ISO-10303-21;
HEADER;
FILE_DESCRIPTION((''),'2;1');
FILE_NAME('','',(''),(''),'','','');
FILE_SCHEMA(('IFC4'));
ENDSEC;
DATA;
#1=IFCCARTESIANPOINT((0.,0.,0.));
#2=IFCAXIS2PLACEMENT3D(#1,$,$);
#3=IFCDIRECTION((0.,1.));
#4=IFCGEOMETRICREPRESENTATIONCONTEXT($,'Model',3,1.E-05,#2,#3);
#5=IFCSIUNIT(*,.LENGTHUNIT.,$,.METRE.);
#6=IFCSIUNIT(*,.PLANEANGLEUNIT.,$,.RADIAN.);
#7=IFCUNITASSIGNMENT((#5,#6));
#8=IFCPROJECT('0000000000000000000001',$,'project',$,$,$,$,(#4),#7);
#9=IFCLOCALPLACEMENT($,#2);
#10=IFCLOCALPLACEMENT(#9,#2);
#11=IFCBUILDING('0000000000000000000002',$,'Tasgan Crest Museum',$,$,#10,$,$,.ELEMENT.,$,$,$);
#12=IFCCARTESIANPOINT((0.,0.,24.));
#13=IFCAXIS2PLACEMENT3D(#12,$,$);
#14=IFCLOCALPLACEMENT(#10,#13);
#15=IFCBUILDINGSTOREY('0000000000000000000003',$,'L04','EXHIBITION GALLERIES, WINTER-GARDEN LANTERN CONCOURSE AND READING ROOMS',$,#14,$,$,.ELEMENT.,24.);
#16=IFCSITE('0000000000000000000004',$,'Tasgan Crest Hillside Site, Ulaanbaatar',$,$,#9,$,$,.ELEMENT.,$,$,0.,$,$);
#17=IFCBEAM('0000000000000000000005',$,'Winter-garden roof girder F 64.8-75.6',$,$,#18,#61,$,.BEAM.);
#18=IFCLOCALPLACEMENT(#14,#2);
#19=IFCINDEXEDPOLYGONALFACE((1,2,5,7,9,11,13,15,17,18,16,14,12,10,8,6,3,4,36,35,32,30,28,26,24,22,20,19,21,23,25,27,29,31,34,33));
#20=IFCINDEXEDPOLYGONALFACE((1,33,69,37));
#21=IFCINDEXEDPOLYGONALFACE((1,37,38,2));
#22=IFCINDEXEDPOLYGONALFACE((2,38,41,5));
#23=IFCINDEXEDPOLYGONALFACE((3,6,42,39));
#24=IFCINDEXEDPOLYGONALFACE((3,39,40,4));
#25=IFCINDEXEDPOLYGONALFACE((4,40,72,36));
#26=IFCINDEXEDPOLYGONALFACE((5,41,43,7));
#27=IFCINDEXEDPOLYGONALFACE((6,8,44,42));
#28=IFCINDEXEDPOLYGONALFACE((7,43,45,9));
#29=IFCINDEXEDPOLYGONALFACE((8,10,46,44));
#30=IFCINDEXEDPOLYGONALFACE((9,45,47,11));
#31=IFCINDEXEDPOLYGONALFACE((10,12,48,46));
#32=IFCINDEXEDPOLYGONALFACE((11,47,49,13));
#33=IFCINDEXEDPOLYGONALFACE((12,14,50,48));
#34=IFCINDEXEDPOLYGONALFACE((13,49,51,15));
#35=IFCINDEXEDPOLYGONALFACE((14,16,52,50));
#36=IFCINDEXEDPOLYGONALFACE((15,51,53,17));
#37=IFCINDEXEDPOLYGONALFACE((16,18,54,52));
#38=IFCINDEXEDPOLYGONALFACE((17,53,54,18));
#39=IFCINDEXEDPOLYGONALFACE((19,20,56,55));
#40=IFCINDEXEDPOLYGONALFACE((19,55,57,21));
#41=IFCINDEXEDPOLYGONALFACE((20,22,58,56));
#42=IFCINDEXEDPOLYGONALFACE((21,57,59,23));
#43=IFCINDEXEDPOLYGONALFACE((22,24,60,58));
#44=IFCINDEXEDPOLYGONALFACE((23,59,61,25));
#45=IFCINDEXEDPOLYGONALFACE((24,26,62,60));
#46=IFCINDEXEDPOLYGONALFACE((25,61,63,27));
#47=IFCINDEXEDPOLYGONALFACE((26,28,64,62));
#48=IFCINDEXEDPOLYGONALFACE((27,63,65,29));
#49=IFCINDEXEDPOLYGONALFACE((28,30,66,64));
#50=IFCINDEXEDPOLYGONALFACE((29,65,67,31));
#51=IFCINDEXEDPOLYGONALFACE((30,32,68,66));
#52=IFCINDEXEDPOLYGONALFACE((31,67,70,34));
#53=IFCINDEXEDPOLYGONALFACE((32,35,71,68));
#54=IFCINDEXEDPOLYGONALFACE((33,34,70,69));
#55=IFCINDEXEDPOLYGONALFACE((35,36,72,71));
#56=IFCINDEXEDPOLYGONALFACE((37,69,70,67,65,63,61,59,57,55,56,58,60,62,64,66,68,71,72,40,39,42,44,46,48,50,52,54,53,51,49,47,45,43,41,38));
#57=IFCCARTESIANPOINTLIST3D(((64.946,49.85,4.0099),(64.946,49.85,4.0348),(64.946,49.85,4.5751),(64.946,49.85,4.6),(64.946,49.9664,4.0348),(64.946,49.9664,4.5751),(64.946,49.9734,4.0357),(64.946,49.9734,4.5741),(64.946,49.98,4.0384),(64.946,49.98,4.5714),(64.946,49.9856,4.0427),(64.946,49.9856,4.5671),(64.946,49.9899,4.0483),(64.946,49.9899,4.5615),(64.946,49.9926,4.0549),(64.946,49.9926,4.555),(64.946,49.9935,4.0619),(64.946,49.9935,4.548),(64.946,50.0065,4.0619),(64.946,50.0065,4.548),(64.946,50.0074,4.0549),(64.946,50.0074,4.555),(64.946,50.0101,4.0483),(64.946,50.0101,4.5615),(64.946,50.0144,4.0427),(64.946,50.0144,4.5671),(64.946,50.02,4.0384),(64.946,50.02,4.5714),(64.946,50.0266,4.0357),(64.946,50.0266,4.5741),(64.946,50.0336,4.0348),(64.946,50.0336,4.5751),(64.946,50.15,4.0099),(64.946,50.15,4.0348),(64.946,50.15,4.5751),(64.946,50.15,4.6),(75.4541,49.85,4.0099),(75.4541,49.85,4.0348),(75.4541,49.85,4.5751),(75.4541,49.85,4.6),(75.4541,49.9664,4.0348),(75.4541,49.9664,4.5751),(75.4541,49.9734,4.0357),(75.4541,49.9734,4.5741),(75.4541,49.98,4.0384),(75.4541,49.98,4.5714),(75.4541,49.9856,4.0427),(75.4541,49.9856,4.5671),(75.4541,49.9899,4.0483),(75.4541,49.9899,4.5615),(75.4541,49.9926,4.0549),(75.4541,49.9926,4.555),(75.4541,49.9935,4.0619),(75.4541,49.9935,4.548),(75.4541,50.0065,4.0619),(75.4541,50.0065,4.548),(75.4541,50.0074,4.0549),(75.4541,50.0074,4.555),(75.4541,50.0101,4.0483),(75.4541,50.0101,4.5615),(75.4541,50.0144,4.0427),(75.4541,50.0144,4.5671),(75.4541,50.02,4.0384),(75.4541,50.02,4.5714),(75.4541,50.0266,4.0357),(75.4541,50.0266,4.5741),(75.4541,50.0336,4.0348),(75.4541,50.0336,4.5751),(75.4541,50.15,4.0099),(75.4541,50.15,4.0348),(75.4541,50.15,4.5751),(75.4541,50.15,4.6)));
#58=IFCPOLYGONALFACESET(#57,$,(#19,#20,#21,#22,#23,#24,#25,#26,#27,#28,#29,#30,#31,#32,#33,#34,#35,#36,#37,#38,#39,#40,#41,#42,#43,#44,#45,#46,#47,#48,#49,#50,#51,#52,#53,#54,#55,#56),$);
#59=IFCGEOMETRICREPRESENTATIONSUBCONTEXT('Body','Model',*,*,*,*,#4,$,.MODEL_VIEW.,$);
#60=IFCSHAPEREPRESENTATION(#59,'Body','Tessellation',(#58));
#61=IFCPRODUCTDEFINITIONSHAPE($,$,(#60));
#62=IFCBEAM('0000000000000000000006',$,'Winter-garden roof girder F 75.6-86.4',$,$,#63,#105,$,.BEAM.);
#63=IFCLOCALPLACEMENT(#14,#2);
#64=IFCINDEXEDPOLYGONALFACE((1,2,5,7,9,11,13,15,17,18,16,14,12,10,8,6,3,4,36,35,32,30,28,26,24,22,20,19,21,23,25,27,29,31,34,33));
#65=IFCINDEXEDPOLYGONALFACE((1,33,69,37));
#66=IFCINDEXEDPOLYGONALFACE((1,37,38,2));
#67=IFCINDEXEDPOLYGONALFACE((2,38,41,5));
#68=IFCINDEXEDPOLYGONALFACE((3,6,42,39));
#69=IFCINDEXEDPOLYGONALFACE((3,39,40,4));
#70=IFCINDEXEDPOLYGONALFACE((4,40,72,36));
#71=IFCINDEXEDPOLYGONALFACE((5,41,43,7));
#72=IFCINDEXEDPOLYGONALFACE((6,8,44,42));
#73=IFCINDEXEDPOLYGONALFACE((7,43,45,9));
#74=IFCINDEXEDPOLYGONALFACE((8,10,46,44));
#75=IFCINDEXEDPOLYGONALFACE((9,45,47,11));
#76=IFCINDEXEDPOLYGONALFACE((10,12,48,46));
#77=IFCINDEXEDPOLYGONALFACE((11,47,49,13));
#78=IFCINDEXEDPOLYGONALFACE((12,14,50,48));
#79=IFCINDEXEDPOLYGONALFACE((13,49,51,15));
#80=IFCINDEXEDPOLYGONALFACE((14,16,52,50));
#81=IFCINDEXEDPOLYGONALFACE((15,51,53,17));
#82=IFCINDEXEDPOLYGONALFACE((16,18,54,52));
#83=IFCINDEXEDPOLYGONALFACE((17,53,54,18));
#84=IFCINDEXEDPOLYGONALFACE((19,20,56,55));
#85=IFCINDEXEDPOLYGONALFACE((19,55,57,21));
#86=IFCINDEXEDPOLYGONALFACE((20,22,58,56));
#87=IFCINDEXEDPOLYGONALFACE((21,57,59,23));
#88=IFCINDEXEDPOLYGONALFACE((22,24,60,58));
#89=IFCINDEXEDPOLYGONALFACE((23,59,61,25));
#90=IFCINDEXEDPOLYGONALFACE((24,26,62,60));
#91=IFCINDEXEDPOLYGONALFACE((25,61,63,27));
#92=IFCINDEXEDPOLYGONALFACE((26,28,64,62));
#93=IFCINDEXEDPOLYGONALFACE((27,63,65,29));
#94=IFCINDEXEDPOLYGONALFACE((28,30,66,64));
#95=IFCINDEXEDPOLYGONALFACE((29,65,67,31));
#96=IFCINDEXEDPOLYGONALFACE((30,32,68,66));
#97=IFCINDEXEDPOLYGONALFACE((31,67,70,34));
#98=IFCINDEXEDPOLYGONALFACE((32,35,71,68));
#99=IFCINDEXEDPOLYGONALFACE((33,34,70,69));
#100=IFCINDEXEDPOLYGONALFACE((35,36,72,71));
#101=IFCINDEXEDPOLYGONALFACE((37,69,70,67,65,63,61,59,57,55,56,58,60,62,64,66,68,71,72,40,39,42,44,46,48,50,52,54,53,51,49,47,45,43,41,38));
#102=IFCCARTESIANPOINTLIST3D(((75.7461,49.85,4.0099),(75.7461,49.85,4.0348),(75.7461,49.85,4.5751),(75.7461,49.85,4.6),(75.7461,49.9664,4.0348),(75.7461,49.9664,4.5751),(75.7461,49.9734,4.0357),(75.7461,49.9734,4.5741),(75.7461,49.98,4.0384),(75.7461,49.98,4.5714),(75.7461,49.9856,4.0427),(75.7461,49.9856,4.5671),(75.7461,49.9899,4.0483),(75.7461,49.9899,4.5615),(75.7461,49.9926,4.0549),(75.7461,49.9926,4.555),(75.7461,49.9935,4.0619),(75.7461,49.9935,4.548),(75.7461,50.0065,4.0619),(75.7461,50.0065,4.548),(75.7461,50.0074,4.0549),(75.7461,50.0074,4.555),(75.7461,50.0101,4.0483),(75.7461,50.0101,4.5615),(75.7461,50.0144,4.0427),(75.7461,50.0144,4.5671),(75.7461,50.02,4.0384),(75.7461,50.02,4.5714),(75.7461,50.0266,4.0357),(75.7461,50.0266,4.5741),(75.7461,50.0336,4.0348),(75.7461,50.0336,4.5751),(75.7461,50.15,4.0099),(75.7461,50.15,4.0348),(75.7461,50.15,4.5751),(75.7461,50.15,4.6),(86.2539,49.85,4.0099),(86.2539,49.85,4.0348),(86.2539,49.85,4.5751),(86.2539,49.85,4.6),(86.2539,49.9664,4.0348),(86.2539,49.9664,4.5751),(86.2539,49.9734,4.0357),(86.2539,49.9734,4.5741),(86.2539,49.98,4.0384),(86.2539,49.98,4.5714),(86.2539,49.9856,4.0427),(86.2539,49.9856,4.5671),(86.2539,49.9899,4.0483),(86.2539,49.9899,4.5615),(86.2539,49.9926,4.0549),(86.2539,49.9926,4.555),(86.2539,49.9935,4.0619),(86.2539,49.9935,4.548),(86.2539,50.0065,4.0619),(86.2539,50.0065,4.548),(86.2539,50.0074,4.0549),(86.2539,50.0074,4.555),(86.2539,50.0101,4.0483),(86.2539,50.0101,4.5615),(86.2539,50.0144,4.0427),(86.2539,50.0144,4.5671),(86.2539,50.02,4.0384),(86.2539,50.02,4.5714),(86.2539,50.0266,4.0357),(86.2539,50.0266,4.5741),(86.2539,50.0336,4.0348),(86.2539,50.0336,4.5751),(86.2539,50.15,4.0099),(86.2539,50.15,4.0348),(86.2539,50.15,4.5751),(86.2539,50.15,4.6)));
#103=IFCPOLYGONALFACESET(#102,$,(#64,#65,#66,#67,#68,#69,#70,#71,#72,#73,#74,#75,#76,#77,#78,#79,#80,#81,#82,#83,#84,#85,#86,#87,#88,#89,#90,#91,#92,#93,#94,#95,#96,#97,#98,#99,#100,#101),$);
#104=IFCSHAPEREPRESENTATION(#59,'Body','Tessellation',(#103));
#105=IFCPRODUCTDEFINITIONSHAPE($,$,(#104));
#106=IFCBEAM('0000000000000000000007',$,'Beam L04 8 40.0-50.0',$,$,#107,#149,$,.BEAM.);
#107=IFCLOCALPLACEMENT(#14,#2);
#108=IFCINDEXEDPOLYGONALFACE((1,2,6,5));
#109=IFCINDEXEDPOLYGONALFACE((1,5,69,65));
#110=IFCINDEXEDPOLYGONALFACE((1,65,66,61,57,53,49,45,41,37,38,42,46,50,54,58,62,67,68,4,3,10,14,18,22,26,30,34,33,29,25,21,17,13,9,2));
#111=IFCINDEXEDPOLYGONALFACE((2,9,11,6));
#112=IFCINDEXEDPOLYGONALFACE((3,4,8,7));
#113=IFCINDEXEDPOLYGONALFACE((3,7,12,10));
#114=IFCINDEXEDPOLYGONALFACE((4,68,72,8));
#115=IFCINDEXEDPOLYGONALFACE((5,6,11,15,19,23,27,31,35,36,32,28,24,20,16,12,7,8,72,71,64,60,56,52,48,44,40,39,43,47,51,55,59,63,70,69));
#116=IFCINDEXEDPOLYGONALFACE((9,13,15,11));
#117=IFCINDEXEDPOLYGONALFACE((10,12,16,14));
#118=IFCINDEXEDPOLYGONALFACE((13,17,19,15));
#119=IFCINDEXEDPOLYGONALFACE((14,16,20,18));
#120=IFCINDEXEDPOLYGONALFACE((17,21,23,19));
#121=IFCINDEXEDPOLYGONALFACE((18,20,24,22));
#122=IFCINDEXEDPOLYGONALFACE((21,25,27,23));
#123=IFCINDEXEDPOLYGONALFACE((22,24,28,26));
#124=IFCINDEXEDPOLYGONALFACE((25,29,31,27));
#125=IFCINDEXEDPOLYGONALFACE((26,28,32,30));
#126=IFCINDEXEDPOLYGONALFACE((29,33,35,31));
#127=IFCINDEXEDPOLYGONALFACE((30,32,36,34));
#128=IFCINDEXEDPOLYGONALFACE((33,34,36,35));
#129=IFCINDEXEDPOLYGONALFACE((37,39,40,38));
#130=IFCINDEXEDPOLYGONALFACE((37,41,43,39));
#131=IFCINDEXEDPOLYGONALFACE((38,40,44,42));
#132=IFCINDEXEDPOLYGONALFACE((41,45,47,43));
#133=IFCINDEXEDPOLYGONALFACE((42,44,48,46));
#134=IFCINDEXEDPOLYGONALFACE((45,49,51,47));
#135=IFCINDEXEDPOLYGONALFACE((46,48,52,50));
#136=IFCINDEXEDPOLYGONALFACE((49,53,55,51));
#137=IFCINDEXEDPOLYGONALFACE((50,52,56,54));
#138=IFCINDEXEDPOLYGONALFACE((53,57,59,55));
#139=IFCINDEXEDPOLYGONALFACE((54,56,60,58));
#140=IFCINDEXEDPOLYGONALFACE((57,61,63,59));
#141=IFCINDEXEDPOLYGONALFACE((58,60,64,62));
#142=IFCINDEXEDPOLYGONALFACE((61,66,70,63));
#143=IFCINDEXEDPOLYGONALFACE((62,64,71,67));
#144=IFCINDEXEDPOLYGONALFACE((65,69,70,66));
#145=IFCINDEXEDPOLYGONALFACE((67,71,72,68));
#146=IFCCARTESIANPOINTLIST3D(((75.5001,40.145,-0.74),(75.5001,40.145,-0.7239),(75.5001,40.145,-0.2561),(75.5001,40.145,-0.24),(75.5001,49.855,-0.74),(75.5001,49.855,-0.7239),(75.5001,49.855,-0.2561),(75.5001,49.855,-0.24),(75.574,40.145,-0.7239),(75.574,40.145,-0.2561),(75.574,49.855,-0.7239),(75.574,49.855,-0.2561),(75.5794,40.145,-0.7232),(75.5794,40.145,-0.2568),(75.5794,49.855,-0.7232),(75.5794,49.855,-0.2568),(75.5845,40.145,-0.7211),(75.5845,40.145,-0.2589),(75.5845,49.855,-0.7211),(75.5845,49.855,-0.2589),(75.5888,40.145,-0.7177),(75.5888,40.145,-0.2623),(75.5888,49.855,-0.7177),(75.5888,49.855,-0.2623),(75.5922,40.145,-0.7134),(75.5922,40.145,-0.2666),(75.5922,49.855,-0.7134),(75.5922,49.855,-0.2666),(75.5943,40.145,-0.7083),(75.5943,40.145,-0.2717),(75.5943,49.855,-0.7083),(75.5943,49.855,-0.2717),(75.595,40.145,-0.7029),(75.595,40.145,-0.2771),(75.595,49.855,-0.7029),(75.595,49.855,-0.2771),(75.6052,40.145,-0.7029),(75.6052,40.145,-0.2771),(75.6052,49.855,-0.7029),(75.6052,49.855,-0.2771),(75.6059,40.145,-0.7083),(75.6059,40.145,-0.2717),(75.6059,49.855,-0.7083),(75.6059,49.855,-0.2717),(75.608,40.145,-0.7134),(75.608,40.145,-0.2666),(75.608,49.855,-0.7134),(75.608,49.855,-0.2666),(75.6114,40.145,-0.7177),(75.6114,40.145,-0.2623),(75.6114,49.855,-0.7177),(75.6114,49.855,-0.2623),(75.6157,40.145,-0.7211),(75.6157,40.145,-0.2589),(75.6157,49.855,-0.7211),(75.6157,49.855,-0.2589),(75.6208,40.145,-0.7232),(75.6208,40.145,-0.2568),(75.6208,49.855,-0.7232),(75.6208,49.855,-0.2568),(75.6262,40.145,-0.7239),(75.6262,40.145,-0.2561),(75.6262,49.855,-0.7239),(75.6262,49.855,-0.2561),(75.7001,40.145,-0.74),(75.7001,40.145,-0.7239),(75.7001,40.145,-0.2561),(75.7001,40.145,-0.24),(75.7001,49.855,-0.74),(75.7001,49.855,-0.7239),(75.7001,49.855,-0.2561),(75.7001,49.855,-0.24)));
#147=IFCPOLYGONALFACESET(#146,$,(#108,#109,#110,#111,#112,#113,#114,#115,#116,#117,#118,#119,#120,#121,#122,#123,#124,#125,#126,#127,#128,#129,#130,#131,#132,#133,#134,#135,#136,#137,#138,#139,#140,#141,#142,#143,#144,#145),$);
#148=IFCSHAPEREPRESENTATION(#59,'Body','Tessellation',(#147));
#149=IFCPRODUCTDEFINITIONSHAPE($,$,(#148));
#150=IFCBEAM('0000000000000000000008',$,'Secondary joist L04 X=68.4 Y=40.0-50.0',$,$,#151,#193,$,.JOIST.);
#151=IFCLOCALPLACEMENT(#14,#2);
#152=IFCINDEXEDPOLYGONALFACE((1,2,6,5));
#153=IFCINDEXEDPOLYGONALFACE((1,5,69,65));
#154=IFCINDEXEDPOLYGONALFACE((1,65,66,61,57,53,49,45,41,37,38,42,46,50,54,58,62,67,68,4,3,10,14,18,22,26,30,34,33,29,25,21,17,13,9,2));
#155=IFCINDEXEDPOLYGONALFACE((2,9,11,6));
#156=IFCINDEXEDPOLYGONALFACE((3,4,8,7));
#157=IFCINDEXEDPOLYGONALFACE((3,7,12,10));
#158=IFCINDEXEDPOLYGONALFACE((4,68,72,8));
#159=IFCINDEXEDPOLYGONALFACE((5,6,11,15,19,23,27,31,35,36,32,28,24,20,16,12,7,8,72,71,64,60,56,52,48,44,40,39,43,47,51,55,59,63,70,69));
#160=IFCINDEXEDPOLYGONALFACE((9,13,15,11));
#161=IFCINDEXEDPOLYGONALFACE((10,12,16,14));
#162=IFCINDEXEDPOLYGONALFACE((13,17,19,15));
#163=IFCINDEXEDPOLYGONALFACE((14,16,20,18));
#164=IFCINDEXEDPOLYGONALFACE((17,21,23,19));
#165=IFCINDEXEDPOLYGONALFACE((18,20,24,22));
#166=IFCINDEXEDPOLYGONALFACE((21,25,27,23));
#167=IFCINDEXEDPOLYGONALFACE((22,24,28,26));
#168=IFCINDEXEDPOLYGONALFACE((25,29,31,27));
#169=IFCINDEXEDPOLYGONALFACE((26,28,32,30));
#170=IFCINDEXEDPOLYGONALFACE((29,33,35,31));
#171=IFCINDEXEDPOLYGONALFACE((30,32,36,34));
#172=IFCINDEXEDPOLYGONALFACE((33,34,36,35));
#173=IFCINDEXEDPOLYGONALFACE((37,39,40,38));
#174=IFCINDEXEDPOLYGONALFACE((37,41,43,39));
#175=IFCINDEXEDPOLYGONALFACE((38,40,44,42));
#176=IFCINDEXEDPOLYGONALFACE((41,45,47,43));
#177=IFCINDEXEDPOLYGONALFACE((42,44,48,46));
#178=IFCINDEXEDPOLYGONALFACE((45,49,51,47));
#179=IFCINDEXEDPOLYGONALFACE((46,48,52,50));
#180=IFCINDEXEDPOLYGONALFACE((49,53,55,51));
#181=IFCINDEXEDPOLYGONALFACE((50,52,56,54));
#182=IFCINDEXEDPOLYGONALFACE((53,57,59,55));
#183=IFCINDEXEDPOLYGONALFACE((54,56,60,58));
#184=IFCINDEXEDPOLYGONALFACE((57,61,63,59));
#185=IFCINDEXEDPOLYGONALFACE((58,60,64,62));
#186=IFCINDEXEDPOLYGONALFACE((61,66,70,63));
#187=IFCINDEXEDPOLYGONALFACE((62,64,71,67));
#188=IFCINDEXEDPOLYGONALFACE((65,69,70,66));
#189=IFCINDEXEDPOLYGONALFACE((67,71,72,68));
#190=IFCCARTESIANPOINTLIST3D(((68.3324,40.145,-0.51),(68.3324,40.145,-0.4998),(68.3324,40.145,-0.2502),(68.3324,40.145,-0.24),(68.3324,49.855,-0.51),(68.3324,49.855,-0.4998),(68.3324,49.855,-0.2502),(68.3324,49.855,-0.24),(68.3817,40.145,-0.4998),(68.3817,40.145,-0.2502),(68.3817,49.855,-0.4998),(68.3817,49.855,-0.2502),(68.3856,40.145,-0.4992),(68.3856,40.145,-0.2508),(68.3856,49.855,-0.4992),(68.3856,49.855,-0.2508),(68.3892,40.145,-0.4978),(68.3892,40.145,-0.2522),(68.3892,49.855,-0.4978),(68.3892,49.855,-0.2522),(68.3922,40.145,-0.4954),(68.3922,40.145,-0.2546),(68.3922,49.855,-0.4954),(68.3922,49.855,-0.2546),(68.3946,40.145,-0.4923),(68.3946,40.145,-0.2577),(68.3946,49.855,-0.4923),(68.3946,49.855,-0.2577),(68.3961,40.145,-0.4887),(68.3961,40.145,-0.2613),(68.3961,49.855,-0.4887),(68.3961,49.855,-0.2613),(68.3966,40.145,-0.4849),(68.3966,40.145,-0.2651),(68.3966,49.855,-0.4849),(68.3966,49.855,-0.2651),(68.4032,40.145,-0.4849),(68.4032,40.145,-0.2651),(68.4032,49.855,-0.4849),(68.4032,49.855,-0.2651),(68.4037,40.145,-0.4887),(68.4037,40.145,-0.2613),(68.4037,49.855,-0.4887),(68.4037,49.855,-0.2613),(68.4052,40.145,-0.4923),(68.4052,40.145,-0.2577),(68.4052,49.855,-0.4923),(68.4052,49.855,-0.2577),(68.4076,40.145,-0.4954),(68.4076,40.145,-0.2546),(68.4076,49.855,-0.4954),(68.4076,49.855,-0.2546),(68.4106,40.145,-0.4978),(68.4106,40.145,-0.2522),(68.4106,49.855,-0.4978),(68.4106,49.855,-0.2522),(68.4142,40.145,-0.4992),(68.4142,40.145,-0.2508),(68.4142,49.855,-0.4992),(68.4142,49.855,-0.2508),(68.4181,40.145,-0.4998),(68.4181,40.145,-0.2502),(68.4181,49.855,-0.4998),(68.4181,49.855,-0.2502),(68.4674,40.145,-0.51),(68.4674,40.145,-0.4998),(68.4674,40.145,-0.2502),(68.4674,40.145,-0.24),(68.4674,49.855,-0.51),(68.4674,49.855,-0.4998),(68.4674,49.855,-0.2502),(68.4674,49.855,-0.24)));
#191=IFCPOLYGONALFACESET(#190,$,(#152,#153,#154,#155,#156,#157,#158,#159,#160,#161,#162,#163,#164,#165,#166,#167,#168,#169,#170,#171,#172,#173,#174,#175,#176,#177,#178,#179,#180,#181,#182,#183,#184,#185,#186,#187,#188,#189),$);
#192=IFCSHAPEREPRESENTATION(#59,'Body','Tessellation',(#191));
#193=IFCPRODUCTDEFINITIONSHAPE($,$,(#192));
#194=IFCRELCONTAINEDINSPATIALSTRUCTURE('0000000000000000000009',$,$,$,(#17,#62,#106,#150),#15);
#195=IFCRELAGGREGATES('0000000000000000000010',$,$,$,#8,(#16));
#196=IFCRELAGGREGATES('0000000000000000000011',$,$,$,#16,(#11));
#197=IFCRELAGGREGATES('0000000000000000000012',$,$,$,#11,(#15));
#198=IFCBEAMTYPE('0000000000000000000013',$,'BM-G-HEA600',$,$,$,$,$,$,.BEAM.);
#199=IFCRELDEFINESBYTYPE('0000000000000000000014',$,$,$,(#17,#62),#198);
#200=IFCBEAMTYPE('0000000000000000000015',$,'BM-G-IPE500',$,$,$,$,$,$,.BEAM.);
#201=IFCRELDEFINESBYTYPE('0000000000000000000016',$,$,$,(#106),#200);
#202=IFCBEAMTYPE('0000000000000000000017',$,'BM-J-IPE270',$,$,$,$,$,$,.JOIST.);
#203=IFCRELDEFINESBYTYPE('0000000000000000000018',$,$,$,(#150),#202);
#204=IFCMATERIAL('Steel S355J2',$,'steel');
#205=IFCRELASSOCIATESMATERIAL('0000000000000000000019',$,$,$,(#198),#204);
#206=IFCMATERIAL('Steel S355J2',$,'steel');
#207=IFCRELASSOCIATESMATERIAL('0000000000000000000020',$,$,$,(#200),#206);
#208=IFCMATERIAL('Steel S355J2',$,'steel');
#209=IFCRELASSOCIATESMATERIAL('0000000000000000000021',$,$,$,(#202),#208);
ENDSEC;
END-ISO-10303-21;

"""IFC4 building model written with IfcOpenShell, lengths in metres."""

from ifc_helpers import new_model, si_unit, direction, frame, origin, origin_2d, place, context, subcontext, project, spatial, i_section, extrude, material, material_profile, profile_set, type_object, element, save


model = new_model("IFC4")

# Units and contexts
model_context = context("Model", 3, precision=1e-05, world=origin(), true_north=direction((0.0, 1.0)))
body_context = subcontext(model_context, "Body", "Model", "MODEL_VIEW")
ifc_project = project(units=[si_unit("LENGTHUNIT", "METRE"), si_unit("PLANEANGLEUNIT", "RADIAN")], contexts=[model_context])

# Site, building, storey
site_placement = place(None, origin())
site = spatial("IfcSite", under=ifc_project, at=site_placement, Name="Tasgan Crest Hillside Site, Ulaanbaatar", CompositionType="ELEMENT", RefElevation=0.0)
building_placement = place(site_placement, origin())
building = spatial("IfcBuilding", under=site, at=building_placement, Name="Tasgan Crest Museum", CompositionType="ELEMENT")
storey_placement = place(building_placement, frame((0.0, 0.0, 24.0)))
storey = spatial("IfcBuildingStorey", under=building, at=storey_placement, Name="L04", Description="EXHIBITION GALLERIES, WINTER-GARDEN LANTERN CONCOURSE AND READING ROOMS", CompositionType="ELEMENT", Elevation=24.0)

# Beams
ifc_material_1 = material(Name="Steel S355J2", Category="steel")
ifc_material_profile_1 = material_profile(ifc_material_1, i_section(OverallWidth=0.3, OverallDepth=0.5901, WebThickness=0.0129, FlangeThickness=0.0249, FilletRadius=0.0271, at=origin_2d()), Name="HEA 600")
ifc_profile_set_1 = profile_set([ifc_material_profile_1], Name="Steel S355J2")
beam_type_1 = type_object("IfcBeamType", Name="BM-G-HEA600", PredefinedType="BEAM", material=ifc_profile_set_1)
beam_1_placement = place(storey_placement, frame((64.946, 50.0, 4.3049), z_axis=(1.0, 0.0, 0.0), x_axis=(0.0, 1.0, 0.0)))
element("IfcBeam", 1, at=beam_1_placement, inside=storey, type_object=beam_type_1, Name="Winter-garden roof girder F 64.8-75.6", PredefinedType="BEAM", context=body_context, shape_type="SweptSolid", body=[
    extrude(i_section(OverallWidth=0.3, OverallDepth=0.5901, WebThickness=0.0129, FlangeThickness=0.0249, FilletRadius=0.0271, at=origin_2d()), origin(), (0.0, 0.0, 1.0), 10.5081),
])
beam_2_placement = place(storey_placement, frame((75.7461, 50.0, 4.3049), z_axis=(1.0, 0.0, 0.0), x_axis=(0.0, 1.0, 0.0)))
element("IfcBeam", 2, at=beam_2_placement, inside=storey, type_object=beam_type_1, Name="Winter-garden roof girder F 75.6-86.4", PredefinedType="BEAM", context=body_context, shape_type="SweptSolid", body=[
    extrude(i_section(OverallWidth=0.3, OverallDepth=0.5901, WebThickness=0.0129, FlangeThickness=0.0249, FilletRadius=0.0271, at=origin_2d()), origin(), (0.0, 0.0, 1.0), 10.5078),
])
ifc_material_2 = material(Name="Steel S355J2", Category="steel")
ifc_material_profile_2 = material_profile(ifc_material_2, i_section(OverallWidth=0.2, OverallDepth=0.5, WebThickness=0.0103, FlangeThickness=0.0161, FilletRadius=0.021, at=origin_2d()), Name="IPE 500")
ifc_profile_set_2 = profile_set([ifc_material_profile_2], Name="Steel S355J2")
beam_type_2 = type_object("IfcBeamType", Name="BM-G-IPE500", PredefinedType="BEAM", material=ifc_profile_set_2)
beam_3_placement = place(storey_placement, frame((75.6001, 40.145, -0.49), z_axis=(0.0, 1.0, 0.0), x_axis=(-1.0, 0.0, 0.0)))
element("IfcBeam", 3, at=beam_3_placement, inside=storey, type_object=beam_type_2, Name="Beam L04 8 40.0-50.0", PredefinedType="BEAM", context=body_context, shape_type="SweptSolid", body=[
    extrude(i_section(OverallWidth=0.2, OverallDepth=0.5, WebThickness=0.0103, FlangeThickness=0.0161, FilletRadius=0.021, at=origin_2d()), origin(), (0.0, 0.0, 1.0), 9.71),
])
ifc_material_3 = material(Name="Steel S355J2", Category="steel")
ifc_material_profile_3 = material_profile(ifc_material_3, i_section(OverallWidth=0.135, OverallDepth=0.27, WebThickness=0.0066, FlangeThickness=0.0103, FilletRadius=0.0149, at=origin_2d()), Name="IPE 270")
ifc_profile_set_3 = profile_set([ifc_material_profile_3], Name="Steel S355J2")
beam_type_3 = type_object("IfcBeamType", Name="BM-J-IPE270", PredefinedType="JOIST", material=ifc_profile_set_3)
for number, where, z_axis, x_axis, name in (
    (4, (68.3999, 40.145, -0.375), (0.0, 1.0, 0.0), (-1.0, 0.0, 0.0), "Secondary joist L04 X=68.4 Y=40.0-50.0"),
):
    element("IfcBeam", number, at=place(storey_placement, frame(where, z_axis=z_axis, x_axis=x_axis)), inside=storey, type_object=beam_type_3, Name=name, PredefinedType="JOIST", context=body_context, shape_type="SweptSolid", body=[
        extrude(i_section(OverallWidth=0.135, OverallDepth=0.27, WebThickness=0.0066, FlangeThickness=0.0103, FilletRadius=0.0149, at=origin_2d()), origin(), (0.0, 0.0, 1.0), 9.71),
    ])

save(model, "model.ifc")
